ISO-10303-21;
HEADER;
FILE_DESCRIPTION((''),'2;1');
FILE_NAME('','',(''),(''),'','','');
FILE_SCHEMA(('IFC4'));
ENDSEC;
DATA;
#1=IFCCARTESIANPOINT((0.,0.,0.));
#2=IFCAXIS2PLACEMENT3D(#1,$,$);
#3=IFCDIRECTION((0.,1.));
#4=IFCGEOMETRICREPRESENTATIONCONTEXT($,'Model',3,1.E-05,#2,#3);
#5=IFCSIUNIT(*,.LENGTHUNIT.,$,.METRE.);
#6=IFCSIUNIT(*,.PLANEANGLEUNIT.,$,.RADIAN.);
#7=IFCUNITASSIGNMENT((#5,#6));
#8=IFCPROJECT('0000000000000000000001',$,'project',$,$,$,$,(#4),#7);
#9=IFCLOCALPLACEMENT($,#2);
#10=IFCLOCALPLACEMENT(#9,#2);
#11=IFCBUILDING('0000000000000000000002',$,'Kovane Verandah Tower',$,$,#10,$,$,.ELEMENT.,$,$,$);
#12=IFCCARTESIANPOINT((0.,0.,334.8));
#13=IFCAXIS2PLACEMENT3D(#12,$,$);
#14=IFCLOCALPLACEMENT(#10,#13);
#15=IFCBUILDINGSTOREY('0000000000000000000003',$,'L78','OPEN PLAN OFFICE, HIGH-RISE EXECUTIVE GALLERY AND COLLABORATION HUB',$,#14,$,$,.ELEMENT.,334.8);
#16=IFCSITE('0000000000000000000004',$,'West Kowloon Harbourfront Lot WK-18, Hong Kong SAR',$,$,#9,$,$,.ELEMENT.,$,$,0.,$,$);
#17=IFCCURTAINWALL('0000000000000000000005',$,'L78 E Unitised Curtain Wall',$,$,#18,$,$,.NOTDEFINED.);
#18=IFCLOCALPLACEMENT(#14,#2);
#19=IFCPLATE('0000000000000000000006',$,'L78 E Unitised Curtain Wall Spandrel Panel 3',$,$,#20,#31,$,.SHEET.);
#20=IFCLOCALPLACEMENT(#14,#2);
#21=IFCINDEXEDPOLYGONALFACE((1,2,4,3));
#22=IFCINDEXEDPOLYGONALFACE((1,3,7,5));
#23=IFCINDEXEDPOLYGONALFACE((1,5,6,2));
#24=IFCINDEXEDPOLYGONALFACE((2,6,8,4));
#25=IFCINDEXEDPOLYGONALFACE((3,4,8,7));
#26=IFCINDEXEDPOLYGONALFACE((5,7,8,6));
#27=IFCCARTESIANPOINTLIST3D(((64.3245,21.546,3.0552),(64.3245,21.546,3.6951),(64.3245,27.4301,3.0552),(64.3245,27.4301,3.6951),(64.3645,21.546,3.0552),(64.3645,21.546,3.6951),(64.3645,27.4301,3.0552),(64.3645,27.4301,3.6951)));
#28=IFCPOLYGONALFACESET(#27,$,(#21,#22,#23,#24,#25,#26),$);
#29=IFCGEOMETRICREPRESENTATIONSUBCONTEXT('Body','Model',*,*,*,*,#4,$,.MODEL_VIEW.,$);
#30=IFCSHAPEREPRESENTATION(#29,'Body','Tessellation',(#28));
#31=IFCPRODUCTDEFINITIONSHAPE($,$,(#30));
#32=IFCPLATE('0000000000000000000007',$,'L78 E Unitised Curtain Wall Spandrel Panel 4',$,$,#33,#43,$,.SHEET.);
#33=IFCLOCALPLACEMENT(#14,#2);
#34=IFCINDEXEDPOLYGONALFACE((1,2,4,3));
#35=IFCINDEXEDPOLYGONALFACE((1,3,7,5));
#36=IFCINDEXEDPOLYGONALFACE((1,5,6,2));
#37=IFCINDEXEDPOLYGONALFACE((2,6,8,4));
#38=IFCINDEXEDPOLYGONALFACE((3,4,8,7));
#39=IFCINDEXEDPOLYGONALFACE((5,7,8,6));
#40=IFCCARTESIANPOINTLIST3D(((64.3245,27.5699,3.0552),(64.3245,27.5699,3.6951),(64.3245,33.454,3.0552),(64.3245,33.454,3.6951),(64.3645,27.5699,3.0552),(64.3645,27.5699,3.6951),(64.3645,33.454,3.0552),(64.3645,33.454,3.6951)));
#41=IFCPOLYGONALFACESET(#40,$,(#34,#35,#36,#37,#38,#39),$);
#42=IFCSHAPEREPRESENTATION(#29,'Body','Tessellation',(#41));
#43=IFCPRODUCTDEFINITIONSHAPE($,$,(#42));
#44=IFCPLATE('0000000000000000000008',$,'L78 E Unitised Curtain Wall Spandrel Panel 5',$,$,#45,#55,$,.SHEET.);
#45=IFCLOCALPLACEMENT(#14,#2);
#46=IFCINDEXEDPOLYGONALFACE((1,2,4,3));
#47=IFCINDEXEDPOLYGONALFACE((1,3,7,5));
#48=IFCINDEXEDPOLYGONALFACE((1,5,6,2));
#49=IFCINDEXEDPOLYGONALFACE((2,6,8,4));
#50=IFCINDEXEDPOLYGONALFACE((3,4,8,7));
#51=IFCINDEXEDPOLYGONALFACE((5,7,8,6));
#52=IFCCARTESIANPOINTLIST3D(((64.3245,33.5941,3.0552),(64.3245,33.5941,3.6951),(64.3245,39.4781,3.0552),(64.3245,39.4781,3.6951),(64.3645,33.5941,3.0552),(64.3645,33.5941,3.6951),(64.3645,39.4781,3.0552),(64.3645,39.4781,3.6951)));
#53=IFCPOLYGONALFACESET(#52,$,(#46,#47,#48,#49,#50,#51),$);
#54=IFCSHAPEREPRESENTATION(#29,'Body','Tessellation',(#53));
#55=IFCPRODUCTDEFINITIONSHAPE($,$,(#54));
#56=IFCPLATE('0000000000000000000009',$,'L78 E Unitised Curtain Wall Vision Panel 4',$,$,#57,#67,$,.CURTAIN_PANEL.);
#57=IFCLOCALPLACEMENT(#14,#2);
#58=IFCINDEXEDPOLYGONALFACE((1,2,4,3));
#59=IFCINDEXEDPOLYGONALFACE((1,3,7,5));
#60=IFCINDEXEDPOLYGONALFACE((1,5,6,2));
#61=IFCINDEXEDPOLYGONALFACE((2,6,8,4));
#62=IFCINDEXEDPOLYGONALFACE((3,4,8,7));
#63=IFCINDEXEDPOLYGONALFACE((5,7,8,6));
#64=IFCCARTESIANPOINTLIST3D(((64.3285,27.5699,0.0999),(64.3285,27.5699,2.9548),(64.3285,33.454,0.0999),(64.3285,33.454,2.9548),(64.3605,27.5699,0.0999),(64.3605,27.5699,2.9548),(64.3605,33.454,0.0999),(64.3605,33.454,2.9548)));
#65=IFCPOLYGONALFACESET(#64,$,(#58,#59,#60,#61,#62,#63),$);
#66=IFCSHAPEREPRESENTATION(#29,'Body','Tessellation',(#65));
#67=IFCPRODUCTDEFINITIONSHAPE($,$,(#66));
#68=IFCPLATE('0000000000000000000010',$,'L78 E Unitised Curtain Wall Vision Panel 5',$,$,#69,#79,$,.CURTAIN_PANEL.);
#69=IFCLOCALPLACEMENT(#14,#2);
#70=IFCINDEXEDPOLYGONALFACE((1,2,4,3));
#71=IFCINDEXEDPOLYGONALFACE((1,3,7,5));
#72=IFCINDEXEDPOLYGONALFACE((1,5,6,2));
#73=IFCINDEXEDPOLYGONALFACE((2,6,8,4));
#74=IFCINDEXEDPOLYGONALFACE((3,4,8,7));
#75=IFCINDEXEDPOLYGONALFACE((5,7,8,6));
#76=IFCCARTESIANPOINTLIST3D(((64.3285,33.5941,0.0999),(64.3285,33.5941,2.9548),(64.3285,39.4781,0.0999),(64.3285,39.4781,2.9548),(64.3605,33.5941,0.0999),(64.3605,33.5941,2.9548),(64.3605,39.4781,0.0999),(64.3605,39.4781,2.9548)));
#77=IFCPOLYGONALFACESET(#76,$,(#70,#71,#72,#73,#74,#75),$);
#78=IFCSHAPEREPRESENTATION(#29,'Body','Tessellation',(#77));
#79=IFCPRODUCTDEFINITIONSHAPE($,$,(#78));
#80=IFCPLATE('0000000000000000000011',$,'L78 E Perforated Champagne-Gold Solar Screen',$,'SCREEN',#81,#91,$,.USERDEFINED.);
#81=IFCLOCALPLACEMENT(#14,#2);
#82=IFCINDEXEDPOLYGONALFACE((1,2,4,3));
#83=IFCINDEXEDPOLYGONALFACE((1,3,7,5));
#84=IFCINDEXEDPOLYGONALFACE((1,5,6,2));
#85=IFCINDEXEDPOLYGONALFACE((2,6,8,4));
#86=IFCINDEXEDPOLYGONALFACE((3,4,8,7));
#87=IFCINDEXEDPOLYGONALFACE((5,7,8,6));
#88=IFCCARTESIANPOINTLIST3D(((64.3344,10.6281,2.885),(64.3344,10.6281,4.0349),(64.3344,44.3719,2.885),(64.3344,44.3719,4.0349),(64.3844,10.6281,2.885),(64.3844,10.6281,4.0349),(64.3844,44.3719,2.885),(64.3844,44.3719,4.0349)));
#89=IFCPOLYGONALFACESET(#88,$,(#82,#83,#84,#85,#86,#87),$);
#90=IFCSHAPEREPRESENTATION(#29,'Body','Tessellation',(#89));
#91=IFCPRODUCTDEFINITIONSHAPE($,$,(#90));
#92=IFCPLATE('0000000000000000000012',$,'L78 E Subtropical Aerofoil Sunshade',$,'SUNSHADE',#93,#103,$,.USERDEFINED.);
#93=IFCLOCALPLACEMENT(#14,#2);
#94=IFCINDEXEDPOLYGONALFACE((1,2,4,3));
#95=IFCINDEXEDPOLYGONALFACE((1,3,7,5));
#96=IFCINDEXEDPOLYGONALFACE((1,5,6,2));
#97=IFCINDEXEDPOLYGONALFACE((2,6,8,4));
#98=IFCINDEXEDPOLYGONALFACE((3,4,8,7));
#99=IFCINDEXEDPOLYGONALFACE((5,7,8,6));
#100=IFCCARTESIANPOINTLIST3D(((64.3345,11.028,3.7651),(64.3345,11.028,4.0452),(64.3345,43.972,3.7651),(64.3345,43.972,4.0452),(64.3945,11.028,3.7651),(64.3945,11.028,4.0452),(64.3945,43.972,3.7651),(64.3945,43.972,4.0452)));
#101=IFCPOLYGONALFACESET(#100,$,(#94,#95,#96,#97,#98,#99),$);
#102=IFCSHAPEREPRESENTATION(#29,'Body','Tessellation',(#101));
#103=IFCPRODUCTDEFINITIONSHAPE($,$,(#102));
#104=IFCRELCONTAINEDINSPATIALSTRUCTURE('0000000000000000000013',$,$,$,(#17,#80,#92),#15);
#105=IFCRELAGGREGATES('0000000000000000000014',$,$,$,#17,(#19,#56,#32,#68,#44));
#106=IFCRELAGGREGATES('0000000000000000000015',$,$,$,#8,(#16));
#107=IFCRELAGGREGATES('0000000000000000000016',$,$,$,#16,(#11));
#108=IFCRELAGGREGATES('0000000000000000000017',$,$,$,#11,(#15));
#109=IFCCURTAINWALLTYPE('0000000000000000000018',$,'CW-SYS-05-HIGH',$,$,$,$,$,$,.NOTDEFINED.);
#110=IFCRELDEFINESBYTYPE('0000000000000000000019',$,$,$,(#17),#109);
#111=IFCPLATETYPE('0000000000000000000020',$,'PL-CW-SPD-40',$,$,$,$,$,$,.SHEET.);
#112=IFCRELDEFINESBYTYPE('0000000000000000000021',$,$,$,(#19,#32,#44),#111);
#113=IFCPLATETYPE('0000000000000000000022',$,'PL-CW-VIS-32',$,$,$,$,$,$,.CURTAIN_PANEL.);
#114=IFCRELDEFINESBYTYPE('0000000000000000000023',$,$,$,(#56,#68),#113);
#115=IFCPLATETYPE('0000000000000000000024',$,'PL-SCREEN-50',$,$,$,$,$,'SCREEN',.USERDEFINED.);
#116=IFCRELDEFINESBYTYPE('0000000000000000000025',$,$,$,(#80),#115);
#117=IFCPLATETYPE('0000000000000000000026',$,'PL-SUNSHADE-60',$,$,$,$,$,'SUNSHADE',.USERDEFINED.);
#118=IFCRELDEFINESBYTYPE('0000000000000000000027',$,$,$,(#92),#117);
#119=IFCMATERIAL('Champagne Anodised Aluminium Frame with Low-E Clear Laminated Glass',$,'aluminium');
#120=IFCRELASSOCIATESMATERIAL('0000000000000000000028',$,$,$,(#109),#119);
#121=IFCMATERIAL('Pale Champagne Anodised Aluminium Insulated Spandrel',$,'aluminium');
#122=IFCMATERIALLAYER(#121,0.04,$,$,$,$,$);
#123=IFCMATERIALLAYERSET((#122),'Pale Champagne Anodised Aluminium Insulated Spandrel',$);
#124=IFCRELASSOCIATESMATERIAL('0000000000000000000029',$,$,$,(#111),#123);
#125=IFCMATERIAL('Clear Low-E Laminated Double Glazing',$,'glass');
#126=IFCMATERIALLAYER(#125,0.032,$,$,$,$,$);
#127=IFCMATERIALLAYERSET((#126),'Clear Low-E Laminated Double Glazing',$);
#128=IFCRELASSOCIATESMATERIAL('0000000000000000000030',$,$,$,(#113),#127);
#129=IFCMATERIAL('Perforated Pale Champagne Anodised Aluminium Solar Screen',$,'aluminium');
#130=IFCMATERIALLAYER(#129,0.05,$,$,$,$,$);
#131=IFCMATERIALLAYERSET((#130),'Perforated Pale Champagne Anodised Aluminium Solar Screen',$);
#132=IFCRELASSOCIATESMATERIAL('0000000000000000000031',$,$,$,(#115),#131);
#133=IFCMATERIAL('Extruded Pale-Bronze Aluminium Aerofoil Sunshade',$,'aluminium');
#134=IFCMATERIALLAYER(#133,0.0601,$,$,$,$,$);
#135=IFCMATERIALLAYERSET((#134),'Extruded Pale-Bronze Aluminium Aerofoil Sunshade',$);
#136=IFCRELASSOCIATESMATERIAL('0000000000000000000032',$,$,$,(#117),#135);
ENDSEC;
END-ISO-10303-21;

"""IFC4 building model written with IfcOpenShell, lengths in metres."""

from ifc_helpers import new_model, si_unit, direction, frame, origin, origin_2d, place, context, subcontext, project, spatial, rectangle, extrude, material, layer, layer_set, type_object, element, aggregate, save


model = new_model("IFC4")

# Units and contexts
model_context = context("Model", 3, precision=1e-05, world=origin(), true_north=direction((0.0, 1.0)))
body_context = subcontext(model_context, "Body", "Model", "MODEL_VIEW")
ifc_project = project(units=[si_unit("LENGTHUNIT", "METRE"), si_unit("PLANEANGLEUNIT", "RADIAN")], contexts=[model_context])

# Site, building, storey
site_placement = place(None, origin())
site = spatial("IfcSite", under=ifc_project, at=site_placement, Name="West Kowloon Harbourfront Lot WK-18, Hong Kong SAR", CompositionType="ELEMENT", RefElevation=0.0)
building_placement = place(site_placement, origin())
building = spatial("IfcBuilding", under=site, at=building_placement, Name="Kovane Verandah Tower", CompositionType="ELEMENT")
storey_placement = place(building_placement, frame((0.0, 0.0, 334.8)))
storey = spatial("IfcBuildingStorey", under=building, at=storey_placement, Name="L78", Description="OPEN PLAN OFFICE, HIGH-RISE EXECUTIVE GALLERY AND COLLABORATION HUB", CompositionType="ELEMENT", Elevation=334.8)

# Curtain wall
ifc_material_1 = material(Name="Champagne Anodised Aluminium Frame with Low-E Clear Laminated Glass", Category="aluminium")
curtain_wall_type = type_object("IfcCurtainWallType", Name="CW-SYS-05-HIGH", PredefinedType="NOTDEFINED", material=ifc_material_1)
curtain_wall_placement = place(storey_placement, origin())
curtain_wall = element("IfcCurtainWall", 1, at=curtain_wall_placement, inside=storey, type_object=curtain_wall_type, Name="L78 E Unitised Curtain Wall", PredefinedType="NOTDEFINED")

# Plates
ifc_material_2 = material(Name="Pale Champagne Anodised Aluminium Insulated Spandrel", Category="aluminium")
ifc_layer_1 = layer(ifc_material_2, 0.04)
ifc_layer_set_1 = layer_set([ifc_layer_1], Name="Pale Champagne Anodised Aluminium Insulated Spandrel")
plate_type_1 = type_object("IfcPlateType", Name="PL-CW-SPD-40", PredefinedType="SHEET", material=ifc_layer_set_1)
plate_1_placement = place(storey_placement, frame((64.3445, 24.488, 3.0552), z_axis=(0.0, 0.0, 1.0), x_axis=(0.0, 1.0, 0.0)))
plate_1 = element("IfcPlate", 2, at=plate_1_placement, type_object=plate_type_1, Name="L78 E Unitised Curtain Wall Spandrel Panel 3", PredefinedType="SHEET", context=body_context, shape_type="SweptSolid", body=[
    extrude(rectangle(XDim=5.884, YDim=0.04, at=origin_2d()), origin(), (0.0, 0.0, 1.0), 0.6399),
])
plate_2_placement = place(storey_placement, frame((64.3445, 30.512, 3.0552), z_axis=(0.0, 0.0, 1.0), x_axis=(0.0, 1.0, 0.0)))
plate_2 = element("IfcPlate", 3, at=plate_2_placement, type_object=plate_type_1, Name="L78 E Unitised Curtain Wall Spandrel Panel 4", PredefinedType="SHEET", context=body_context, shape_type="SweptSolid", body=[
    extrude(rectangle(XDim=5.884, YDim=0.04, at=origin_2d()), origin(), (0.0, 0.0, 1.0), 0.6399),
])
plate_3_placement = place(storey_placement, frame((64.3445, 36.5361, 3.0552), z_axis=(0.0, 0.0, 1.0), x_axis=(0.0, 1.0, 0.0)))
plate_3 = element("IfcPlate", 4, at=plate_3_placement, type_object=plate_type_1, Name="L78 E Unitised Curtain Wall Spandrel Panel 5", PredefinedType="SHEET", context=body_context, shape_type="SweptSolid", body=[
    extrude(rectangle(XDim=5.884, YDim=0.04, at=origin_2d()), origin(), (0.0, 0.0, 1.0), 0.6399),
])
ifc_material_3 = material(Name="Clear Low-E Laminated Double Glazing", Category="glass")
ifc_layer_2 = layer(ifc_material_3, 0.032)
ifc_layer_set_2 = layer_set([ifc_layer_2], Name="Clear Low-E Laminated Double Glazing")
plate_type_2 = type_object("IfcPlateType", Name="PL-CW-VIS-32", PredefinedType="CURTAIN_PANEL", material=ifc_layer_set_2)
plate_4_placement = place(storey_placement, frame((64.3445, 30.512, 0.0999), z_axis=(0.0, 0.0, 1.0), x_axis=(0.0, 1.0, 0.0)))
plate_4 = element("IfcPlate", 5, at=plate_4_placement, type_object=plate_type_2, Name="L78 E Unitised Curtain Wall Vision Panel 4", PredefinedType="CURTAIN_PANEL", context=body_context, shape_type="SweptSolid", body=[
    extrude(rectangle(XDim=5.884, YDim=0.032, at=origin_2d()), origin(), (0.0, 0.0, 1.0), 2.855),
])
plate_5_placement = place(storey_placement, frame((64.3445, 36.5361, 0.0999), z_axis=(0.0, 0.0, 1.0), x_axis=(0.0, 1.0, 0.0)))
plate_5 = element("IfcPlate", 6, at=plate_5_placement, type_object=plate_type_2, Name="L78 E Unitised Curtain Wall Vision Panel 5", PredefinedType="CURTAIN_PANEL", context=body_context, shape_type="SweptSolid", body=[
    extrude(rectangle(XDim=5.884, YDim=0.032, at=origin_2d()), origin(), (0.0, 0.0, 1.0), 2.855),
])
aggregate(curtain_wall, [plate_1, plate_4, plate_2, plate_5, plate_3])

# Plates
ifc_material_4 = material(Name="Perforated Pale Champagne Anodised Aluminium Solar Screen", Category="aluminium")
ifc_layer_3 = layer(ifc_material_4, 0.05)
ifc_layer_set_3 = layer_set([ifc_layer_3], Name="Perforated Pale Champagne Anodised Aluminium Solar Screen")
plate_type_3 = type_object("IfcPlateType", Name="PL-SCREEN-50", ElementType="SCREEN", PredefinedType="USERDEFINED", material=ifc_layer_set_3)
plate_6_placement = place(storey_placement, frame((64.3594, 27.5, 2.885), z_axis=(0.0, 0.0, 1.0), x_axis=(0.0, 1.0, 0.0)))
element("IfcPlate", 7, at=plate_6_placement, inside=storey, type_object=plate_type_3, Name="L78 E Perforated Champagne-Gold Solar Screen", ObjectType="SCREEN", PredefinedType="USERDEFINED", context=body_context, shape_type="SweptSolid", body=[
    extrude(rectangle(XDim=33.7439, YDim=0.05, at=origin_2d()), origin(), (0.0, 0.0, 1.0), 1.1499),
])
ifc_material_5 = material(Name="Extruded Pale-Bronze Aluminium Aerofoil Sunshade", Category="aluminium")
ifc_layer_4 = layer(ifc_material_5, 0.0601)
ifc_layer_set_4 = layer_set([ifc_layer_4], Name="Extruded Pale-Bronze Aluminium Aerofoil Sunshade")
plate_type_4 = type_object("IfcPlateType", Name="PL-SUNSHADE-60", ElementType="SUNSHADE", PredefinedType="USERDEFINED", material=ifc_layer_set_4)
plate_7_placement = place(storey_placement, frame((64.3645, 27.5, 3.7651), z_axis=(0.0, 0.0, 1.0), x_axis=(0.0, 1.0, 0.0)))
element("IfcPlate", 8, at=plate_7_placement, inside=storey, type_object=plate_type_4, Name="L78 E Subtropical Aerofoil Sunshade", ObjectType="SUNSHADE", PredefinedType="USERDEFINED", context=body_context, shape_type="SweptSolid", body=[
    extrude(rectangle(XDim=32.9441, YDim=0.0601, at=origin_2d()), origin(), (0.0, 0.0, 1.0), 0.28),
])

save(model, "model.ifc")
